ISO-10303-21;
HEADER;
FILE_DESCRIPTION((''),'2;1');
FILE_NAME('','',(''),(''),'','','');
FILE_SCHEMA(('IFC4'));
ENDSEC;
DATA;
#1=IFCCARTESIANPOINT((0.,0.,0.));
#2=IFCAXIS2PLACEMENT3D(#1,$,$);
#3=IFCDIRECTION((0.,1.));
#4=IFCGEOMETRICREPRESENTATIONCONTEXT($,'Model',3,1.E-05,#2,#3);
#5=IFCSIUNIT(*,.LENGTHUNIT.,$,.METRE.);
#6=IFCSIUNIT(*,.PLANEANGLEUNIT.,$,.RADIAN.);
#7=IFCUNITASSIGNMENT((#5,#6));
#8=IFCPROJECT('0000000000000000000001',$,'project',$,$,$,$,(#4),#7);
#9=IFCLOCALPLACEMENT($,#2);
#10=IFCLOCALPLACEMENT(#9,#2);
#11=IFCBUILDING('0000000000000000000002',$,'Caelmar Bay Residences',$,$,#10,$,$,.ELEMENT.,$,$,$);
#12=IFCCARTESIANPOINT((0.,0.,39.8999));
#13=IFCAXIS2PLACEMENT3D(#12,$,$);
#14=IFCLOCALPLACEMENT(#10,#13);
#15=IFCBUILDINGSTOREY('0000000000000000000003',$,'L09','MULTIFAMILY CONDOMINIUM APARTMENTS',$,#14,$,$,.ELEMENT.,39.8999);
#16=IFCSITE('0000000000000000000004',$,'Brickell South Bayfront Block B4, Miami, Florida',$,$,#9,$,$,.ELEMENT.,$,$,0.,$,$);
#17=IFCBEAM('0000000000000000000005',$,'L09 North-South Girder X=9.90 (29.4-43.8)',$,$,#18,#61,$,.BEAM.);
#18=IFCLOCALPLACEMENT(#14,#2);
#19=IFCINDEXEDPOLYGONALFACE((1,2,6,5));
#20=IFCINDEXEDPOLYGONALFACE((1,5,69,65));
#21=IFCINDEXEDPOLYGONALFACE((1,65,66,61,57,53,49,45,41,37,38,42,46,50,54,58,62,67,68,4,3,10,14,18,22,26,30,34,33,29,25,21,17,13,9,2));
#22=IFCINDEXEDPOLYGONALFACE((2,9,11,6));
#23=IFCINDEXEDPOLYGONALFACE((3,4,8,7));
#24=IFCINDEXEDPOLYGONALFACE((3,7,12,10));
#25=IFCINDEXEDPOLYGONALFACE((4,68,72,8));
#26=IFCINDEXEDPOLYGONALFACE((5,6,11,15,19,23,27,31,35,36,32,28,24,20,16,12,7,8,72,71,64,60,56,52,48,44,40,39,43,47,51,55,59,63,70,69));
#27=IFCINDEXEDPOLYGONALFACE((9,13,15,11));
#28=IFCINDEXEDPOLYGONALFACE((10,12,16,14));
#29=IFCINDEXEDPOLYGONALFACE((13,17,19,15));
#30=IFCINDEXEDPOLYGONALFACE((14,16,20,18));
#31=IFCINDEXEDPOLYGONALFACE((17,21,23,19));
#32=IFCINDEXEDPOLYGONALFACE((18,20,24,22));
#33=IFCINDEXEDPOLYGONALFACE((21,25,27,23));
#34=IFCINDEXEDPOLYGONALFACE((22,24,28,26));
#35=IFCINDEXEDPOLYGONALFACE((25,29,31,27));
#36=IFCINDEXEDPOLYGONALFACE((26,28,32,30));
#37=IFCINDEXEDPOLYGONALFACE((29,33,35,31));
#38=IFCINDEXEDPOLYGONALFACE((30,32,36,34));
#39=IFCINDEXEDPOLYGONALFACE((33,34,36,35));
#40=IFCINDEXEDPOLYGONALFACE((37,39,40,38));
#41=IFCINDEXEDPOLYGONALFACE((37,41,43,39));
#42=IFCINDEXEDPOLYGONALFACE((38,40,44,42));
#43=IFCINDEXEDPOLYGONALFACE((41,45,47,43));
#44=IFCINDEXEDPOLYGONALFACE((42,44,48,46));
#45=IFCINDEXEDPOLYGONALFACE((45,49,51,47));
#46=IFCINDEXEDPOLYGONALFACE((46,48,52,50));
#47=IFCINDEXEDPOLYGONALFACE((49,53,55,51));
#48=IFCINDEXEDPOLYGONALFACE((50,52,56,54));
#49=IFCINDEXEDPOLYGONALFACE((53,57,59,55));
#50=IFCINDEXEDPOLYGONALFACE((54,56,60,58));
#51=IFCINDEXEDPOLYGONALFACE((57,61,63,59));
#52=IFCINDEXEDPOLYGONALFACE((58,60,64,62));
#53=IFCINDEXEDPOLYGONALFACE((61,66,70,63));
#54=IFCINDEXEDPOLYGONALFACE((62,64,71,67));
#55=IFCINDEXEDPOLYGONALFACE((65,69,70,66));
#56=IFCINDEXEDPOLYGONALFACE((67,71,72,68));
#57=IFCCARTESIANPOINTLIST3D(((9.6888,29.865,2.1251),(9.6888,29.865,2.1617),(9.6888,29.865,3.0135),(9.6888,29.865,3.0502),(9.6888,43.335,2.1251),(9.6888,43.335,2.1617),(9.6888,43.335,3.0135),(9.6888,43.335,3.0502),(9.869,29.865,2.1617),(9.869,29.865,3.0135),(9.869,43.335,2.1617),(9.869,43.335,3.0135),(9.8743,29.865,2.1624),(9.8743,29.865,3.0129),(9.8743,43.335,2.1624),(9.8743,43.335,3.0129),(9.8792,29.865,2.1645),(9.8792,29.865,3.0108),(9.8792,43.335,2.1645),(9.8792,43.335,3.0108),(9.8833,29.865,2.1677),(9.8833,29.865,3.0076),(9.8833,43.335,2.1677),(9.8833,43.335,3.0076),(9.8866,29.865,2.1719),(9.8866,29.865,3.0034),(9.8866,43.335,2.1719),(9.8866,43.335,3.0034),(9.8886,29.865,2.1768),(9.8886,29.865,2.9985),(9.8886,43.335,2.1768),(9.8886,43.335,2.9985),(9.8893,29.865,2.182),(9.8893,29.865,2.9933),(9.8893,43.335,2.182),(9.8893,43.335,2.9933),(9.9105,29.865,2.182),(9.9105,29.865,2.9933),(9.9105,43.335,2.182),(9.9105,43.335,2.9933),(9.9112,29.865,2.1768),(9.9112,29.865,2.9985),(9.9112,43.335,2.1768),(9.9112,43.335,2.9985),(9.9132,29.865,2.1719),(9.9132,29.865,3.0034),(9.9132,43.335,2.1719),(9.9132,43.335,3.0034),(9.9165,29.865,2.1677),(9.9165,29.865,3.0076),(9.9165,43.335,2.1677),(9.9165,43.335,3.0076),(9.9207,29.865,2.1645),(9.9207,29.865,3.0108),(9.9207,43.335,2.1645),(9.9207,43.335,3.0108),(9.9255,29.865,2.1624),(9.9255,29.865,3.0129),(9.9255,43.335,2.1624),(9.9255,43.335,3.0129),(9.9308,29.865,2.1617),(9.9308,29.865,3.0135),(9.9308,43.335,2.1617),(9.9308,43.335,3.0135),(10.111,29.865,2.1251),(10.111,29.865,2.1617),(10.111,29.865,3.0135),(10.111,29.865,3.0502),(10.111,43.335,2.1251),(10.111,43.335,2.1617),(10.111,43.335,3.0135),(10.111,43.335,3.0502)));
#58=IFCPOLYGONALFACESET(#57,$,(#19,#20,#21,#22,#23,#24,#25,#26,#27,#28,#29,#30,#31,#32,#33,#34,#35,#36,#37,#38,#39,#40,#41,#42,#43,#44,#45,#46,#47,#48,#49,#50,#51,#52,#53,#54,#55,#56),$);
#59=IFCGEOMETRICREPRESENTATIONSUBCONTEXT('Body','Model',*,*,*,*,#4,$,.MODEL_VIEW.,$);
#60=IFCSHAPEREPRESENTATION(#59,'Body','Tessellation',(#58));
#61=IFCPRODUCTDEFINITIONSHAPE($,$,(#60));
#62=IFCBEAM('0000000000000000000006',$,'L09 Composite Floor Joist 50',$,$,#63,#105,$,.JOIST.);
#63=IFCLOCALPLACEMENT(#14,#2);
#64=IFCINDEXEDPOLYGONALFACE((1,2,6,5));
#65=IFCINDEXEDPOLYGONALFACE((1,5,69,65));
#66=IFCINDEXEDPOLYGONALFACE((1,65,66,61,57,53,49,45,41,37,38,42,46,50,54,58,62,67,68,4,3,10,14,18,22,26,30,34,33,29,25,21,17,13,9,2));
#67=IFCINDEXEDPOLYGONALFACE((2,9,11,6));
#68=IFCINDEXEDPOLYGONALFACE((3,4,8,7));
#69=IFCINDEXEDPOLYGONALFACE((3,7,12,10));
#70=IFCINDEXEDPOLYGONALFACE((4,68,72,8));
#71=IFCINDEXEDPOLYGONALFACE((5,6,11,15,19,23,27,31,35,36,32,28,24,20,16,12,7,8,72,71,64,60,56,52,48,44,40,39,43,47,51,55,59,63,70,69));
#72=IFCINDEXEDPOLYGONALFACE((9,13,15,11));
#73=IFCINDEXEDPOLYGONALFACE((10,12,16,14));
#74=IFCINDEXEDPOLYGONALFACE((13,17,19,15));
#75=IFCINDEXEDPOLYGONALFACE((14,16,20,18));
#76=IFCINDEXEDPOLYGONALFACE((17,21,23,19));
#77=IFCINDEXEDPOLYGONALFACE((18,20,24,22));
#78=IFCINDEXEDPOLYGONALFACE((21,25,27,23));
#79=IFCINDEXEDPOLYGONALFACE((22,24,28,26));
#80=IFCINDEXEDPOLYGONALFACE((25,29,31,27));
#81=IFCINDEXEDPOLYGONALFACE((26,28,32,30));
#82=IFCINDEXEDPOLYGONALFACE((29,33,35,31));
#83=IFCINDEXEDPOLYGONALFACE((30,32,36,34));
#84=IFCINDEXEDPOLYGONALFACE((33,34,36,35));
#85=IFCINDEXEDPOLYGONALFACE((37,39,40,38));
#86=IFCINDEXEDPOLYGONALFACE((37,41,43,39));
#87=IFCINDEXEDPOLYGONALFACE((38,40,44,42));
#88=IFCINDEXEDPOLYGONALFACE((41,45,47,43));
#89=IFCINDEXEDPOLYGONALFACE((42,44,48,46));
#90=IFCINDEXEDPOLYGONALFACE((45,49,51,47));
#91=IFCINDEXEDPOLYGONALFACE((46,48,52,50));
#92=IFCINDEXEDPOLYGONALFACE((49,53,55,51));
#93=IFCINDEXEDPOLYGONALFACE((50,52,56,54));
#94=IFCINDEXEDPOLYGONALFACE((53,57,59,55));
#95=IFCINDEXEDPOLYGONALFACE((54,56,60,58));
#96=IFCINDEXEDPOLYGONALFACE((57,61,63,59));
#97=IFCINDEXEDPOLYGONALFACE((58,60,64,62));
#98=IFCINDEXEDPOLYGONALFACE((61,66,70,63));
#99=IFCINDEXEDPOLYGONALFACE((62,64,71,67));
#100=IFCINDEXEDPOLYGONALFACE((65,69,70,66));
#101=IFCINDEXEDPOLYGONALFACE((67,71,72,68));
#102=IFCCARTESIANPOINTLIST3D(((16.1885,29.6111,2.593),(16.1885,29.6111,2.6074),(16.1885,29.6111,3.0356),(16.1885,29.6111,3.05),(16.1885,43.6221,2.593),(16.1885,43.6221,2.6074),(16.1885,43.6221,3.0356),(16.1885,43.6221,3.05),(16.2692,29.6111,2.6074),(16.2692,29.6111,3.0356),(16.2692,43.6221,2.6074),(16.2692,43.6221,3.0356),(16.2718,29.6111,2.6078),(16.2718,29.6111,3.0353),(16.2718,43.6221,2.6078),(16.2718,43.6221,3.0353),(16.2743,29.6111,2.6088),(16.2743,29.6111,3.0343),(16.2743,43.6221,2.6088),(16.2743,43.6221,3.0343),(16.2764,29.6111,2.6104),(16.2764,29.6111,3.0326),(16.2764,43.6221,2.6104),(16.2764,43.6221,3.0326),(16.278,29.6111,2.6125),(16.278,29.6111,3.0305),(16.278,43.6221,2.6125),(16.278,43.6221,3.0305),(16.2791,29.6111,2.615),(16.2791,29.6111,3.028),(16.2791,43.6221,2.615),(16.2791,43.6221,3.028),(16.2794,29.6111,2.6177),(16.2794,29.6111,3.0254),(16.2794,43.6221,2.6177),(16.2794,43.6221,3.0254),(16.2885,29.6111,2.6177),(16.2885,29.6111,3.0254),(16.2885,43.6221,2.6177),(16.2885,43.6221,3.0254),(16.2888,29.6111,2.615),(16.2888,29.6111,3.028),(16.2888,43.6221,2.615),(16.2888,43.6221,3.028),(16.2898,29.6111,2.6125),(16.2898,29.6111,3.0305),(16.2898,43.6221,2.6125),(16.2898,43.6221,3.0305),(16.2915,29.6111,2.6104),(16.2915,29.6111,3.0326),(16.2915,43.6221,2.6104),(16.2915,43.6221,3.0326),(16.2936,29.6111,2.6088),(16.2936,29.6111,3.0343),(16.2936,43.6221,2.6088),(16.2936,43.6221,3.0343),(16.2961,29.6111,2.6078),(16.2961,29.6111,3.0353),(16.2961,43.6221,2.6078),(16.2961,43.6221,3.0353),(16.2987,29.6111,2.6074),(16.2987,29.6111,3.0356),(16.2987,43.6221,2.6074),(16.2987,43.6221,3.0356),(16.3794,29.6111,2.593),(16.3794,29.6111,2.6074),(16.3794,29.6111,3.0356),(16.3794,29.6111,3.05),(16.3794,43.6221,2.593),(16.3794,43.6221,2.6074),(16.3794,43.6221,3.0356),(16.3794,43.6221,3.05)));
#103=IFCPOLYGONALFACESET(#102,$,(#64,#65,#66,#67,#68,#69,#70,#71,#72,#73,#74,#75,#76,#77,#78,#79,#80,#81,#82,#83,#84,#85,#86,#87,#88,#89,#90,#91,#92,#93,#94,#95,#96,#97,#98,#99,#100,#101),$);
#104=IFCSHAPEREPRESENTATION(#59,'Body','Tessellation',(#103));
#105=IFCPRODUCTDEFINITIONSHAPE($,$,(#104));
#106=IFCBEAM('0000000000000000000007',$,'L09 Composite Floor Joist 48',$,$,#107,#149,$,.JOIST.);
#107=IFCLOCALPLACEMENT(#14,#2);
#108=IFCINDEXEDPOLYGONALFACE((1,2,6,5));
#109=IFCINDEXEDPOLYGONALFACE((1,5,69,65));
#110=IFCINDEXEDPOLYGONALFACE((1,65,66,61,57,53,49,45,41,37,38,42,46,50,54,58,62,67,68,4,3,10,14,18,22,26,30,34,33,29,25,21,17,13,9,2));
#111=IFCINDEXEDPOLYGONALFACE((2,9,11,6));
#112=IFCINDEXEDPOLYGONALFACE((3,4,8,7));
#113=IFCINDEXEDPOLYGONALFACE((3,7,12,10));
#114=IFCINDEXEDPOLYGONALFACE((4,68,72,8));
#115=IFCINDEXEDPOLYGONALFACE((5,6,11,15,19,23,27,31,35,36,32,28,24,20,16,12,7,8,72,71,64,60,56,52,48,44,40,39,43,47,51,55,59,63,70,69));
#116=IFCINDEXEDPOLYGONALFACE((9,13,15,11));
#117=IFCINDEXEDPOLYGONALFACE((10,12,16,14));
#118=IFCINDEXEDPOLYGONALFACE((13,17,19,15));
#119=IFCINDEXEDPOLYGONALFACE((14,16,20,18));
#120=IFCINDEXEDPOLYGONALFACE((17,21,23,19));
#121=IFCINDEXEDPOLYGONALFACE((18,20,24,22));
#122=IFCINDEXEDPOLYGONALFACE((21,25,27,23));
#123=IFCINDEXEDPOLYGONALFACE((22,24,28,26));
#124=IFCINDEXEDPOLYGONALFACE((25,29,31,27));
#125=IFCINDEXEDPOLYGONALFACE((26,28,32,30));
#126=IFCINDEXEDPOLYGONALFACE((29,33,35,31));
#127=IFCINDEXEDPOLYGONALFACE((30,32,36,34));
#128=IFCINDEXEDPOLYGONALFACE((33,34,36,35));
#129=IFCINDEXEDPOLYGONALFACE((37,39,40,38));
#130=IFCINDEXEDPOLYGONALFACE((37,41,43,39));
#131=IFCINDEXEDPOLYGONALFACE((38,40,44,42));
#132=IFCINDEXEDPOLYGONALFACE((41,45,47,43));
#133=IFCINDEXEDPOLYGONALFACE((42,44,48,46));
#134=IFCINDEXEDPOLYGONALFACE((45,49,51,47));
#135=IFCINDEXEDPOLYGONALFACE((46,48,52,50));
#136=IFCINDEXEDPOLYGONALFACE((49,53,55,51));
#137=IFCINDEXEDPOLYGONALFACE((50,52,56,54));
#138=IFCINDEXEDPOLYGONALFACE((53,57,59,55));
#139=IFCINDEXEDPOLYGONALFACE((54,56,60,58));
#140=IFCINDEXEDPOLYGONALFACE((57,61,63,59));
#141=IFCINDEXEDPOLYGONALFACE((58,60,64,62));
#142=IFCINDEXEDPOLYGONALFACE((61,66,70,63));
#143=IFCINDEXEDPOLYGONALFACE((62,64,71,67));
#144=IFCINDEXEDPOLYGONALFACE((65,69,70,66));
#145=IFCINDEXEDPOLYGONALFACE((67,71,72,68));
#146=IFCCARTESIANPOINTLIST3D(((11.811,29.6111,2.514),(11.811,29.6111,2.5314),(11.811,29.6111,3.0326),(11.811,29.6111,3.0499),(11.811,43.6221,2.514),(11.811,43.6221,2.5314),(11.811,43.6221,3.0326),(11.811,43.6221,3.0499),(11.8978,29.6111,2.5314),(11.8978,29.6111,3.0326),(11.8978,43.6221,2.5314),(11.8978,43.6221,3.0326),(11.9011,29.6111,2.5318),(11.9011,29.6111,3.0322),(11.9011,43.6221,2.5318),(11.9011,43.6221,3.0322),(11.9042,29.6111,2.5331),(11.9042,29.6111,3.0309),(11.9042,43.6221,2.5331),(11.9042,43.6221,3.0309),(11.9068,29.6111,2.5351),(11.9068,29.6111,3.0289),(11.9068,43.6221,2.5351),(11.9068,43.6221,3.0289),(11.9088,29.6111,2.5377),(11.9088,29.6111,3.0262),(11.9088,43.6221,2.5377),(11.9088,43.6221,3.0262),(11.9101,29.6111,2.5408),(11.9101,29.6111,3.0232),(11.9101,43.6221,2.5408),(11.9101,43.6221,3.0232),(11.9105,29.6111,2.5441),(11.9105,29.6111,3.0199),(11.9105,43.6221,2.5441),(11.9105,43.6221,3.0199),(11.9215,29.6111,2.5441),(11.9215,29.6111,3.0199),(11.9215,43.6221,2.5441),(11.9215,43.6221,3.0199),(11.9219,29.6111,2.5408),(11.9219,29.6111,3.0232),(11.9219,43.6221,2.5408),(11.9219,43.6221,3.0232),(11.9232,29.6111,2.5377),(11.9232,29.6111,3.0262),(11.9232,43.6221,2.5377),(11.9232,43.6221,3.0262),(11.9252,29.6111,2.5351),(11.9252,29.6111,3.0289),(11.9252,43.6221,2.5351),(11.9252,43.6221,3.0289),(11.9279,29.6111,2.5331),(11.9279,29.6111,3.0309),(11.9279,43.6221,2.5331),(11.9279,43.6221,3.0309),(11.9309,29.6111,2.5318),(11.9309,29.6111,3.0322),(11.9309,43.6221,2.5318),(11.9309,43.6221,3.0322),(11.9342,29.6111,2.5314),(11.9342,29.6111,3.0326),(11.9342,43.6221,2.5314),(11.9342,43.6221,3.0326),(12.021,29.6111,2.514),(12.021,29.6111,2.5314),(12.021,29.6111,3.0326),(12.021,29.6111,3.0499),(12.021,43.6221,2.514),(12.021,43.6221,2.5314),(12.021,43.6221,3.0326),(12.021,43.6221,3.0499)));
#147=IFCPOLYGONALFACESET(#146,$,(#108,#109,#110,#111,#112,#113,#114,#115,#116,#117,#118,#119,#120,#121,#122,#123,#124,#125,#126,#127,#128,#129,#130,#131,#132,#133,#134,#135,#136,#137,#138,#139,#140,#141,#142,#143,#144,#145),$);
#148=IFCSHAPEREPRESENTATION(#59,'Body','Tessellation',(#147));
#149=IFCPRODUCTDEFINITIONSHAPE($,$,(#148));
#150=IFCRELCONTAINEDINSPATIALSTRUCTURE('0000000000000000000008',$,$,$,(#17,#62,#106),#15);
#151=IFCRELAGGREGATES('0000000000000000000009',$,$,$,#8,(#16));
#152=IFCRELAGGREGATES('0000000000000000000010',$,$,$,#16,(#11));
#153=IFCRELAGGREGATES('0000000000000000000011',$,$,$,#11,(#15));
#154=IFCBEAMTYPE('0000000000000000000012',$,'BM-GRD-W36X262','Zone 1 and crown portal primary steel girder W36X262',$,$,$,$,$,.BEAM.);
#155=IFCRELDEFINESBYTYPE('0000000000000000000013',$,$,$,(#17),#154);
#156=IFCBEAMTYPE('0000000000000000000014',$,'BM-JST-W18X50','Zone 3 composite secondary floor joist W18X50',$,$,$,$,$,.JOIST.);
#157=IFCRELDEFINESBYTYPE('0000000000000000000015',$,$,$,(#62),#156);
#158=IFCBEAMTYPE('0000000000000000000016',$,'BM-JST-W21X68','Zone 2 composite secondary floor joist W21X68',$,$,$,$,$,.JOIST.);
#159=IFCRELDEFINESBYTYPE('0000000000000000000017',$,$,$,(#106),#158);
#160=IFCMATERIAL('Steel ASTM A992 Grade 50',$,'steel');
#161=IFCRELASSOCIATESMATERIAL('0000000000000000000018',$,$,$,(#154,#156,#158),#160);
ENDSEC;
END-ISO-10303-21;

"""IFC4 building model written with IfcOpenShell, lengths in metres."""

from ifc_helpers import new_model, si_unit, direction, frame, origin, origin_2d, place, context, subcontext, project, spatial, i_section, extrude, material, material_profile, profile_set, type_object, element, save


model = new_model("IFC4")

# Units and contexts
model_context = context("Model", 3, precision=1e-05, world=origin(), true_north=direction((0.0, 1.0)))
body_context = subcontext(model_context, "Body", "Model", "MODEL_VIEW")
ifc_project = project(units=[si_unit("LENGTHUNIT", "METRE"), si_unit("PLANEANGLEUNIT", "RADIAN")], contexts=[model_context])

# Site, building, storey
site_placement = place(None, origin())
site = spatial("IfcSite", under=ifc_project, at=site_placement, Name="Brickell South Bayfront Block B4, Miami, Florida", CompositionType="ELEMENT", RefElevation=0.0)
building_placement = place(site_placement, origin())
building = spatial("IfcBuilding", under=site, at=building_placement, Name="Caelmar Bay Residences", CompositionType="ELEMENT")
storey_placement = place(building_placement, frame((0.0, 0.0, 39.8999)))
storey = spatial("IfcBuildingStorey", under=building, at=storey_placement, Name="L09", Description="MULTIFAMILY CONDOMINIUM APARTMENTS", CompositionType="ELEMENT", Elevation=39.8999)

# Beams
ifc_material_1 = material(Name="Steel ASTM A992 Grade 50", Category="steel")
ifc_material_profile_1 = material_profile(ifc_material_1, i_section(OverallWidth=0.4221, OverallDepth=0.925, WebThickness=0.0212, FlangeThickness=0.0366, FilletRadius=0.0203, at=origin_2d()), Name="W36X262")
ifc_profile_set_1 = profile_set([ifc_material_profile_1], Name="Steel ASTM A992 Grade 50")
beam_type_1 = type_object("IfcBeamType", Name="BM-GRD-W36X262", Description="Zone 1 and crown portal primary steel girder W36X262", PredefinedType="BEAM", material=ifc_profile_set_1)
beam_1_placement = place(storey_placement, frame((9.8999, 29.865, 2.5876), z_axis=(0.0, 1.0, 0.0), x_axis=(-1.0, 0.0, 0.0)))
element("IfcBeam", 1, at=beam_1_placement, inside=storey, type_object=beam_type_1, Name="L09 North-South Girder X=9.90 (29.4-43.8)", PredefinedType="BEAM", context=body_context, shape_type="SweptSolid", body=[
    extrude(i_section(OverallWidth=0.4221, OverallDepth=0.925, WebThickness=0.0212, FlangeThickness=0.0366, FilletRadius=0.0203, at=origin_2d()), origin(), (0.0, 0.0, 1.0), 13.47),
])
ifc_material_profile_2 = material_profile(ifc_material_1, i_section(OverallWidth=0.1909, OverallDepth=0.457, WebThickness=0.009, FlangeThickness=0.0144, FilletRadius=0.0103, at=origin_2d()), Name="W18X50")
ifc_profile_set_2 = profile_set([ifc_material_profile_2], Name="Steel ASTM A992 Grade 50")
beam_type_2 = type_object("IfcBeamType", Name="BM-JST-W18X50", Description="Zone 3 composite secondary floor joist W18X50", PredefinedType="JOIST", material=ifc_profile_set_2)
beam_2_placement = place(storey_placement, frame((16.2839, 29.6111, 2.8215), z_axis=(0.0, 1.0, 0.0), x_axis=(-1.0, 0.0, 0.0)))
element("IfcBeam", 2, at=beam_2_placement, inside=storey, type_object=beam_type_2, Name="L09 Composite Floor Joist 50", PredefinedType="JOIST", context=body_context, shape_type="SweptSolid", body=[
    extrude(i_section(OverallWidth=0.1909, OverallDepth=0.457, WebThickness=0.009, FlangeThickness=0.0144, FilletRadius=0.0103, at=origin_2d()), origin(), (0.0, 0.0, 1.0), 14.011),
])
ifc_material_profile_3 = material_profile(ifc_material_1, i_section(OverallWidth=0.21, OverallDepth=0.5359, WebThickness=0.011, FlangeThickness=0.0173, FilletRadius=0.0127, at=origin_2d()), Name="W21X68")
ifc_profile_set_3 = profile_set([ifc_material_profile_3], Name="Steel ASTM A992 Grade 50")
beam_type_3 = type_object("IfcBeamType", Name="BM-JST-W21X68", Description="Zone 2 composite secondary floor joist W21X68", PredefinedType="JOIST", material=ifc_profile_set_3)
beam_3_placement = place(storey_placement, frame((11.916, 29.6111, 2.782), z_axis=(0.0, 1.0, 0.0), x_axis=(-1.0, 0.0, 0.0)))
element("IfcBeam", 3, at=beam_3_placement, inside=storey, type_object=beam_type_3, Name="L09 Composite Floor Joist 48", PredefinedType="JOIST", context=body_context, shape_type="SweptSolid", body=[
    extrude(i_section(OverallWidth=0.21, OverallDepth=0.5359, WebThickness=0.011, FlangeThickness=0.0173, FilletRadius=0.0127, at=origin_2d()), origin(), (0.0, 0.0, 1.0), 14.011),
])

save(model, "model.ifc")
